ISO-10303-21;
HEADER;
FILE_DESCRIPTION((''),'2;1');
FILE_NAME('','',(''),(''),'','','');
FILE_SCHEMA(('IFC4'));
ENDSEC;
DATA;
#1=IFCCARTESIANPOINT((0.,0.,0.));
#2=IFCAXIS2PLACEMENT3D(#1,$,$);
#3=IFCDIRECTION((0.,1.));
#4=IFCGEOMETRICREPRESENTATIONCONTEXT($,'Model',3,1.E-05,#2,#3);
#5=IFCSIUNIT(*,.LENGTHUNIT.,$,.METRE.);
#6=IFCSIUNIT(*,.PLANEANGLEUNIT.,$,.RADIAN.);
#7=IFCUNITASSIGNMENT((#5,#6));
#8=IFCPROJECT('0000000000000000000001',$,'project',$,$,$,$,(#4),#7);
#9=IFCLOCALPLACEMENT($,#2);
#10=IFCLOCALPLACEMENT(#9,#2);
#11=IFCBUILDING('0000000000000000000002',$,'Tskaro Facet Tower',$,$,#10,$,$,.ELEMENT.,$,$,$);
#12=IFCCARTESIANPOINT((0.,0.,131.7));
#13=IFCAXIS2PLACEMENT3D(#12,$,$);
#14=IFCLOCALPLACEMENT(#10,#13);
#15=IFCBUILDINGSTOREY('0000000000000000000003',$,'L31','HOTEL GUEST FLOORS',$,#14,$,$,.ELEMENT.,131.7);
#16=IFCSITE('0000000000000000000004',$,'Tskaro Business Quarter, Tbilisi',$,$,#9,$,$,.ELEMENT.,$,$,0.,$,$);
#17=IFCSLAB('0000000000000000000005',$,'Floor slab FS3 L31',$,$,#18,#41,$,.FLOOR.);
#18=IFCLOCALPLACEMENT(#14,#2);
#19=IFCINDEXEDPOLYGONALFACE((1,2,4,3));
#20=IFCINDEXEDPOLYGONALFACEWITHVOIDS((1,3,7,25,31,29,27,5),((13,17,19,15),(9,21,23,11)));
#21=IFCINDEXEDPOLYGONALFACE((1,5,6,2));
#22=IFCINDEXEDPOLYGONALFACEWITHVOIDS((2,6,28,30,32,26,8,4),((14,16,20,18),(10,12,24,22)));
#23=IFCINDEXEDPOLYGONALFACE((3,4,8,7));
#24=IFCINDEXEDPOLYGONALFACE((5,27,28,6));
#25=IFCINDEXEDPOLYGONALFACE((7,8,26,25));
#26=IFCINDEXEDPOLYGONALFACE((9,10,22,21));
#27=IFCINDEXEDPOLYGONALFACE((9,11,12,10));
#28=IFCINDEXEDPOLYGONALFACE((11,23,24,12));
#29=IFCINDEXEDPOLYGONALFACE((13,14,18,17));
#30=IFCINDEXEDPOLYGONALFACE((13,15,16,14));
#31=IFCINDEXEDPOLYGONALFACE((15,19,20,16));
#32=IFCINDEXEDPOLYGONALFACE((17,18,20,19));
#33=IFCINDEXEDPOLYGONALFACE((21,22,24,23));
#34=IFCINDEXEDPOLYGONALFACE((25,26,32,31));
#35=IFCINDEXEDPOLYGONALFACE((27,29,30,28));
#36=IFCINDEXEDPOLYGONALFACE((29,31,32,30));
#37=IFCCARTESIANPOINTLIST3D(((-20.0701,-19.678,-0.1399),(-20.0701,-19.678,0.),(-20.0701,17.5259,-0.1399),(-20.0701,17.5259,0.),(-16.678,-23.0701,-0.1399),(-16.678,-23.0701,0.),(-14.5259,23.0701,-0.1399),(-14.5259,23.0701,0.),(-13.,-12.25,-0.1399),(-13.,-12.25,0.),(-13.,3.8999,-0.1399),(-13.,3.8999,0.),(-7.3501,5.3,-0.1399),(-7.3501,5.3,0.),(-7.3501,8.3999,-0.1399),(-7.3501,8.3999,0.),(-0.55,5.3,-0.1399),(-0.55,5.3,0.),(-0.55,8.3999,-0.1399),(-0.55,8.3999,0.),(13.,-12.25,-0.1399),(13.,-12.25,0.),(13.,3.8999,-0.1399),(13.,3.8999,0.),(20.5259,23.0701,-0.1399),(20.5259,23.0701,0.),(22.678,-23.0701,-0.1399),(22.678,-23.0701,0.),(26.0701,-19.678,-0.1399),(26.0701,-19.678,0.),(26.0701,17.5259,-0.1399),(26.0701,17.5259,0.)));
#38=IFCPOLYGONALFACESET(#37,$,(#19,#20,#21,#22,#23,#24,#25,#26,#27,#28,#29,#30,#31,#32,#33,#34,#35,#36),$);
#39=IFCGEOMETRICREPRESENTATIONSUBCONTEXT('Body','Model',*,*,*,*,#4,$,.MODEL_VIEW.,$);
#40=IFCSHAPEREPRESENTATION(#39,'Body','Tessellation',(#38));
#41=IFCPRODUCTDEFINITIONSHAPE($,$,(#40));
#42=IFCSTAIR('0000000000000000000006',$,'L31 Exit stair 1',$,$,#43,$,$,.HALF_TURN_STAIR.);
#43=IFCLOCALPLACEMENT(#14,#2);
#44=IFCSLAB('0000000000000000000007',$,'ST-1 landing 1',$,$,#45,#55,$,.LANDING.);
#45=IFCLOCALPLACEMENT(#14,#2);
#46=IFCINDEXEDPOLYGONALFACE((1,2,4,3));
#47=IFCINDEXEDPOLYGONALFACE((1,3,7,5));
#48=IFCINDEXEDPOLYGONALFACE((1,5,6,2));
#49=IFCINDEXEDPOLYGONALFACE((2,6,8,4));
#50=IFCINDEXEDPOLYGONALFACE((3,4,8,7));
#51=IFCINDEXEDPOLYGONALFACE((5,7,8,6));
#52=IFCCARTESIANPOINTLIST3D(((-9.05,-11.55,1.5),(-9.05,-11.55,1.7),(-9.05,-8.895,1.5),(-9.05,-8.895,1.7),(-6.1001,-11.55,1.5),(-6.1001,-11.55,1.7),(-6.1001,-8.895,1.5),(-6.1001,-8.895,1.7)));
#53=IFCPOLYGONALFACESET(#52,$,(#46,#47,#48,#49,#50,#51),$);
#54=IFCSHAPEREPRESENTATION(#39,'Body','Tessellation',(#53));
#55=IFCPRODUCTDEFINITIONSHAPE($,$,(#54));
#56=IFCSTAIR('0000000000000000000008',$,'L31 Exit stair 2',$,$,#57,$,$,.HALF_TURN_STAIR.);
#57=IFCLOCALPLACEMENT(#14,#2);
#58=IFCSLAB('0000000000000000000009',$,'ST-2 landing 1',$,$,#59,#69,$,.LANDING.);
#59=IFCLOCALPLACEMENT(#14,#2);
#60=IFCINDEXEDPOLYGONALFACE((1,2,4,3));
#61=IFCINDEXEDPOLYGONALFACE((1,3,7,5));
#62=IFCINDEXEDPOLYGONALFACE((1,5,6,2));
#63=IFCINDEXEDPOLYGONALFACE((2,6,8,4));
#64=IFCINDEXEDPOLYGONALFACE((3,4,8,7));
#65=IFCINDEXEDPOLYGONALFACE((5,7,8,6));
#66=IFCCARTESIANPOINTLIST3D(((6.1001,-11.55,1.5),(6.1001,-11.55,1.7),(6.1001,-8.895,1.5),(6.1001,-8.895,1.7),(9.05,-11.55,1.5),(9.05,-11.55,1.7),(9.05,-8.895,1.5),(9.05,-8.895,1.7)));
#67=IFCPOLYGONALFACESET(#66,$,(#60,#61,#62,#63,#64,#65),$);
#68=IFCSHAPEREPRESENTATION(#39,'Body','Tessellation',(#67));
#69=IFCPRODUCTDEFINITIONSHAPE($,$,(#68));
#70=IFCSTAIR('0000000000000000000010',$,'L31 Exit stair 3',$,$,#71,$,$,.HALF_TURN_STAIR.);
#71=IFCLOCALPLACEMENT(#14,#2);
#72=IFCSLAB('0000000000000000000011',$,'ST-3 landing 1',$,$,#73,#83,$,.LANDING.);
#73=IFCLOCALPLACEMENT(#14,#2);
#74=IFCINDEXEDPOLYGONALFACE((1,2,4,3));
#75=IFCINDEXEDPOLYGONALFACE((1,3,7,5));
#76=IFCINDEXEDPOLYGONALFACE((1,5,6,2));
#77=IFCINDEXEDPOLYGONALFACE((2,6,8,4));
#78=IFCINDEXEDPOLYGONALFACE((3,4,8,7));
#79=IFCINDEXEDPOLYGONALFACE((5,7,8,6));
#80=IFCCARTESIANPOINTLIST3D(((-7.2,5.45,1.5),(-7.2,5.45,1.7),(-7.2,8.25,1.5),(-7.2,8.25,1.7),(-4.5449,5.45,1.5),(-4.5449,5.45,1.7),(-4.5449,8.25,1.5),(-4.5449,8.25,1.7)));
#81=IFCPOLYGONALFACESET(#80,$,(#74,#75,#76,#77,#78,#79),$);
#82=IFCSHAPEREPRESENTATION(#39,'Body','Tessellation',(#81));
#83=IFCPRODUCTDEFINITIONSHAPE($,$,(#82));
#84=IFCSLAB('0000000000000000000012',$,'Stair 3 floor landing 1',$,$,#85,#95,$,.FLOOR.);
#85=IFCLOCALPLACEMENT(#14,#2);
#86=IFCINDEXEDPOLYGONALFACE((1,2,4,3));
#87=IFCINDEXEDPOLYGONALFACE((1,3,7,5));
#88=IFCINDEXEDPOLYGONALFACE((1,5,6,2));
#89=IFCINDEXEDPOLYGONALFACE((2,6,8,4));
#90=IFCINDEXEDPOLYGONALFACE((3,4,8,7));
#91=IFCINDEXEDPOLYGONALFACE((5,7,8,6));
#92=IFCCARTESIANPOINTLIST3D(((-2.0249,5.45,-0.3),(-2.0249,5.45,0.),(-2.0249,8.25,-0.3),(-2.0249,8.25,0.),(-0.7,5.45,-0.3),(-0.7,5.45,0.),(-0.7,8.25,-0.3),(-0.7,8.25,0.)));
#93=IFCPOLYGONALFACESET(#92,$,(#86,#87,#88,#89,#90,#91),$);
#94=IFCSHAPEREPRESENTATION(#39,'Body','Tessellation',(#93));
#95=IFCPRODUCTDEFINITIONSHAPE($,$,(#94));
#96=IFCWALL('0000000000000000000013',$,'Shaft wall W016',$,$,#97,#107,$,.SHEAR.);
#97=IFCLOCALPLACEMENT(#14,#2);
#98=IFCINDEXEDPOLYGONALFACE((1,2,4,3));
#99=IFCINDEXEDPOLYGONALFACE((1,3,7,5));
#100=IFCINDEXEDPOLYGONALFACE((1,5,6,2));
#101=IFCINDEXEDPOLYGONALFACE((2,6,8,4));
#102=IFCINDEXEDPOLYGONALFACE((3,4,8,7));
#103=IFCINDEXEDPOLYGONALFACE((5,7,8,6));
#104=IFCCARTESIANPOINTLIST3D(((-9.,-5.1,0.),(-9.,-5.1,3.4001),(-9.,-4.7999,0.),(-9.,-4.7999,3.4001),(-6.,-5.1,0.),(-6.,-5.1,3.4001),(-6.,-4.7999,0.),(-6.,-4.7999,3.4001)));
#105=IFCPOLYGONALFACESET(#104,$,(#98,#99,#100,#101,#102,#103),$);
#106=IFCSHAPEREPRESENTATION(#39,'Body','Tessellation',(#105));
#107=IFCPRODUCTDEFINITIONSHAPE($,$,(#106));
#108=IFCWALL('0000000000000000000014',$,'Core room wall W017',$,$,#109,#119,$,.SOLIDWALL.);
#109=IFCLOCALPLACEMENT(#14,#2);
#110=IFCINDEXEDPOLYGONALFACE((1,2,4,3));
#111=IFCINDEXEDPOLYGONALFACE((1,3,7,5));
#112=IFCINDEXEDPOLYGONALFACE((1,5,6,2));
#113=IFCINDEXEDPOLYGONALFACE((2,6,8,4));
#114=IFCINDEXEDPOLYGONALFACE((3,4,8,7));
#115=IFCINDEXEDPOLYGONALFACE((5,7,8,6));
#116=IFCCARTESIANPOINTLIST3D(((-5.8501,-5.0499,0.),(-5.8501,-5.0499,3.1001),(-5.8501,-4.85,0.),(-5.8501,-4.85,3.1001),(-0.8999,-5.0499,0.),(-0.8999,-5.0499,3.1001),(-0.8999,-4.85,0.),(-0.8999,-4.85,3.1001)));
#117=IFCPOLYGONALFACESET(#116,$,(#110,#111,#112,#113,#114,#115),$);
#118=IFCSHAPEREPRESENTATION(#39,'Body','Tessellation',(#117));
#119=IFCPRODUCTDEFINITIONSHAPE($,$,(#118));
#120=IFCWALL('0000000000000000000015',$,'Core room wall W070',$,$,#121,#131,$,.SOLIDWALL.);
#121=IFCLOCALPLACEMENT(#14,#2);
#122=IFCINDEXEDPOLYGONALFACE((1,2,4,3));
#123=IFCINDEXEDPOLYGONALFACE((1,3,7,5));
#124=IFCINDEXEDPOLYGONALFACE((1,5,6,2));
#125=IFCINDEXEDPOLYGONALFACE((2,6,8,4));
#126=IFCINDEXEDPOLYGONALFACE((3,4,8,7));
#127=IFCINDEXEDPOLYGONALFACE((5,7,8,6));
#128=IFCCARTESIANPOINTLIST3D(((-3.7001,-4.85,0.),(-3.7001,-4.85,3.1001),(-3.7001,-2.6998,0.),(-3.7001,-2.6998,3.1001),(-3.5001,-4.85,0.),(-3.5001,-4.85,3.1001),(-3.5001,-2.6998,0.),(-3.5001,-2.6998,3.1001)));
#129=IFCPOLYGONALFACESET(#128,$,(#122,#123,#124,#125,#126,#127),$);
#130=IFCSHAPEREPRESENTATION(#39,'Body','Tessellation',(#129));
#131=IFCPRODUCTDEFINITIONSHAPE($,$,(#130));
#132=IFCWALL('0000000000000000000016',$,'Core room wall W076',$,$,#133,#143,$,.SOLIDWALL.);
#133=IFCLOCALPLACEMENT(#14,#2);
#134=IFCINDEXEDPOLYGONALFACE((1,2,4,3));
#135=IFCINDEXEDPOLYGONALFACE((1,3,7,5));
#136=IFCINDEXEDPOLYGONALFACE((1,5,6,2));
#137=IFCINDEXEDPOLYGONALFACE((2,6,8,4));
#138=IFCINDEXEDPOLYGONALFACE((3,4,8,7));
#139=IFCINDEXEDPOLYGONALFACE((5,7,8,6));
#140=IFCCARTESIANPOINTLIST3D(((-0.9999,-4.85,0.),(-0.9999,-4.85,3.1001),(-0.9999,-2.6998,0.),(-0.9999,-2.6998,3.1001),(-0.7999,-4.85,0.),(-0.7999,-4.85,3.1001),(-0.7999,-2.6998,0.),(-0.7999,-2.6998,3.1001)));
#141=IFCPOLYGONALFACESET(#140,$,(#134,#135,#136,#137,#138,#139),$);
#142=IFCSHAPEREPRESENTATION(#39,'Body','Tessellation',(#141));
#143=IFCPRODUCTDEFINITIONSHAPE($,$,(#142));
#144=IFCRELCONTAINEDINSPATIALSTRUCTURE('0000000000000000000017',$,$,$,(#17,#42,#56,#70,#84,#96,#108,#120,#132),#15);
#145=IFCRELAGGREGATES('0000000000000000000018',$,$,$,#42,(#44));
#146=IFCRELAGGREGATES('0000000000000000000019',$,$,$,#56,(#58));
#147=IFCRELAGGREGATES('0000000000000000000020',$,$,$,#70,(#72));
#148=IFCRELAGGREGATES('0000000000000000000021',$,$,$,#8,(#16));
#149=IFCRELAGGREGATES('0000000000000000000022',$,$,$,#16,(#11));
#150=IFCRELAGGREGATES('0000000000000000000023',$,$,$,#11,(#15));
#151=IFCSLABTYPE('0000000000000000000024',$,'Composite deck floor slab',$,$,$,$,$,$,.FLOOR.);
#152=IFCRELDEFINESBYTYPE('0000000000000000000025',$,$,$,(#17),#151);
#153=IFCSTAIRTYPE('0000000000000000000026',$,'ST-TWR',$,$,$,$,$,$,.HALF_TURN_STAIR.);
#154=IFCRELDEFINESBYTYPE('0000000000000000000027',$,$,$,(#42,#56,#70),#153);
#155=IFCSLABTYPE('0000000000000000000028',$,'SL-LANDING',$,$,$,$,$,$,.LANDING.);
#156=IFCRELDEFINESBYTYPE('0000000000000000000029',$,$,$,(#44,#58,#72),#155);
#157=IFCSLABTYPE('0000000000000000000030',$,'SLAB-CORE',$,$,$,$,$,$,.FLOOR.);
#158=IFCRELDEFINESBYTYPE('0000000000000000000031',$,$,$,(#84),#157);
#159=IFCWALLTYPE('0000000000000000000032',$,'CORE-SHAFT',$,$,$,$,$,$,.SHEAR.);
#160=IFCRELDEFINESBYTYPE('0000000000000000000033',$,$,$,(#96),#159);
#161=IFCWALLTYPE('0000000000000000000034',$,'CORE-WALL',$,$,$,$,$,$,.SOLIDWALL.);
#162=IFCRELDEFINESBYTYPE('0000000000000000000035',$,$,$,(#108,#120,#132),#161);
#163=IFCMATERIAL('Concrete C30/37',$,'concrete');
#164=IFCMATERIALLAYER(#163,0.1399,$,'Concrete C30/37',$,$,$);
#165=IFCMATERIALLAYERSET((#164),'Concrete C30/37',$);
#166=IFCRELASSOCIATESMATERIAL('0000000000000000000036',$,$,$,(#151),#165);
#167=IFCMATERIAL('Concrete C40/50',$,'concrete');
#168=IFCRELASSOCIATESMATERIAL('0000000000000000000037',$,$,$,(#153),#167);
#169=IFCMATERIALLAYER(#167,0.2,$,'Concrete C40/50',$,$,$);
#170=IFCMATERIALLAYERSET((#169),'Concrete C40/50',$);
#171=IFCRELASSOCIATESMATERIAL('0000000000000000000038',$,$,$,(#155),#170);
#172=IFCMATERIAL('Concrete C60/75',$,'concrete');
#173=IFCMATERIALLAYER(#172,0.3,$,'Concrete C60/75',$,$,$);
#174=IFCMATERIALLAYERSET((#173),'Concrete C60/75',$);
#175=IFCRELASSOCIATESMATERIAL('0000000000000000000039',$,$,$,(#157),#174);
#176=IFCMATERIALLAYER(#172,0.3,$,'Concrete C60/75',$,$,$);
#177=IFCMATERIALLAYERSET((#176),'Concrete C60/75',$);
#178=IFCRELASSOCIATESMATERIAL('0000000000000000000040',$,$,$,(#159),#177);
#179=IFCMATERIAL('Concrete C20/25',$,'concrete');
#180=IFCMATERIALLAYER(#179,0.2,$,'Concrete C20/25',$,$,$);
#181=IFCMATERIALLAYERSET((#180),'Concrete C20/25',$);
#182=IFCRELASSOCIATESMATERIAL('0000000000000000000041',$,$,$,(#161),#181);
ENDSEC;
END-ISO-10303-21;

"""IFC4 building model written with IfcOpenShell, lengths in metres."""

from ifc_helpers import new_model, si_unit, direction, frame, frame_2d, origin, place, context, subcontext, project, spatial, polyline, rectangle, outline, extrude, material, layer, layer_set, type_object, element, aggregate, save


model = new_model("IFC4")

# Units and contexts
model_context = context("Model", 3, precision=1e-05, world=origin(), true_north=direction((0.0, 1.0)))
body_context = subcontext(model_context, "Body", "Model", "MODEL_VIEW")
ifc_project = project(units=[si_unit("LENGTHUNIT", "METRE"), si_unit("PLANEANGLEUNIT", "RADIAN")], contexts=[model_context])

# Site, building, storey
site_placement = place(None, origin())
site = spatial("IfcSite", under=ifc_project, at=site_placement, Name="Tskaro Business Quarter, Tbilisi", CompositionType="ELEMENT", RefElevation=0.0)
building_placement = place(site_placement, origin())
building = spatial("IfcBuilding", under=site, at=building_placement, Name="Tskaro Facet Tower", CompositionType="ELEMENT")
storey_placement = place(building_placement, frame((0.0, 0.0, 131.7)))
storey = spatial("IfcBuildingStorey", under=building, at=storey_placement, Name="L31", Description="HOTEL GUEST FLOORS", CompositionType="ELEMENT", Elevation=131.7)

# Slab
ifc_material_1 = material(Name="Concrete C30/37", Category="concrete")
ifc_layer_1 = layer(ifc_material_1, 0.1399, Name="Concrete C30/37")
ifc_layer_set_1 = layer_set([ifc_layer_1], Name="Concrete C30/37")
slab_type_1 = type_object("IfcSlabType", Name="Composite deck floor slab", PredefinedType="FLOOR", material=ifc_layer_set_1)
slab_1_placement = place(storey_placement, frame((0.0, 0.0, -0.1399)))
element("IfcSlab", 1, at=slab_1_placement, inside=storey, type_object=slab_type_1, Name="Floor slab FS3 L31", PredefinedType="FLOOR", context=body_context, shape_type="SweptSolid", body=[
    extrude(outline(polyline([(-16.678, -23.0701), (22.678, -23.0701), (26.0701, -19.678), (26.0701, 17.5259), (20.5259, 23.0701), (-14.5259, 23.0701), (-20.0701, 17.5259), (-20.0701, -19.678), (-16.678, -23.0701)]), holes=[polyline([(-13.0, -12.25), (13.0, -12.25), (13.0, 3.8999), (-13.0, 3.8999), (-13.0, -12.25)]), polyline([(-7.3501, 5.3), (-0.55, 5.3), (-0.55, 8.3999), (-7.3501, 8.3999), (-7.3501, 5.3)])]), origin(), (0.0, 0.0, 1.0), 0.1399),
])

# Stairs, slabs
ifc_material_2 = material(Name="Concrete C40/50", Category="concrete")
stair_type = type_object("IfcStairType", Name="ST-TWR", PredefinedType="HALF_TURN_STAIR", material=ifc_material_2)
stair_1_placement = place(storey_placement, origin())
stair_1 = element("IfcStair", 2, at=stair_1_placement, inside=storey, type_object=stair_type, Name="L31 Exit stair 1", PredefinedType="HALF_TURN_STAIR")
ifc_layer_2 = layer(ifc_material_2, 0.2, Name="Concrete C40/50")
ifc_layer_set_2 = layer_set([ifc_layer_2], Name="Concrete C40/50")
slab_type_2 = type_object("IfcSlabType", Name="SL-LANDING", PredefinedType="LANDING", material=ifc_layer_set_2)
slab_2_placement = place(storey_placement, frame((0.0, 0.0, 1.5)))
slab_2 = element("IfcSlab", 3, at=slab_2_placement, type_object=slab_type_2, Name="ST-1 landing 1", PredefinedType="LANDING", context=body_context, shape_type="SweptSolid", body=[
    extrude(outline(polyline([(-9.05, -11.55), (-6.1001, -11.55), (-6.1001, -8.895), (-9.05, -8.895), (-9.05, -11.55)])), origin(), (0.0, 0.0, 1.0), 0.2),
])
aggregate(stair_1, [slab_2])
stair_2_placement = place(storey_placement, origin())
stair_2 = element("IfcStair", 4, at=stair_2_placement, inside=storey, type_object=stair_type, Name="L31 Exit stair 2", PredefinedType="HALF_TURN_STAIR")
slab_3_placement = place(storey_placement, frame((0.0, 0.0, 1.5)))
slab_3 = element("IfcSlab", 5, at=slab_3_placement, type_object=slab_type_2, Name="ST-2 landing 1", PredefinedType="LANDING", context=body_context, shape_type="SweptSolid", body=[
    extrude(outline(polyline([(6.1001, -11.55), (9.05, -11.55), (9.05, -8.895), (6.1001, -8.895), (6.1001, -11.55)])), origin(), (0.0, 0.0, 1.0), 0.2),
])
aggregate(stair_2, [slab_3])
stair_3_placement = place(storey_placement, origin())
stair_3 = element("IfcStair", 6, at=stair_3_placement, inside=storey, type_object=stair_type, Name="L31 Exit stair 3", PredefinedType="HALF_TURN_STAIR")
slab_4_placement = place(storey_placement, frame((0.0, 0.0, 1.5)))
slab_4 = element("IfcSlab", 7, at=slab_4_placement, type_object=slab_type_2, Name="ST-3 landing 1", PredefinedType="LANDING", context=body_context, shape_type="SweptSolid", body=[
    extrude(outline(polyline([(-7.2, 5.45), (-4.5449, 5.45), (-4.5449, 8.25), (-7.2, 8.25), (-7.2, 5.45)])), origin(), (0.0, 0.0, 1.0), 0.2),
])
aggregate(stair_3, [slab_4])

# Slab
ifc_material_3 = material(Name="Concrete C60/75", Category="concrete")
ifc_layer_3 = layer(ifc_material_3, 0.3, Name="Concrete C60/75")
ifc_layer_set_3 = layer_set([ifc_layer_3], Name="Concrete C60/75")
slab_type_3 = type_object("IfcSlabType", Name="SLAB-CORE", PredefinedType="FLOOR", material=ifc_layer_set_3)
slab_5_placement = place(storey_placement, frame((0.0, 0.0, -0.3)))
element("IfcSlab", 8, at=slab_5_placement, inside=storey, type_object=slab_type_3, Name="Stair 3 floor landing 1", PredefinedType="FLOOR", context=body_context, shape_type="SweptSolid", body=[
    extrude(outline(polyline([(-2.0249, 5.45), (-0.7, 5.45), (-0.7, 8.25), (-2.0249, 8.25), (-2.0249, 5.45)])), origin(), (0.0, 0.0, 1.0), 0.3),
])

# Walls
ifc_layer_4 = layer(ifc_material_3, 0.3, Name="Concrete C60/75")
ifc_layer_set_4 = layer_set([ifc_layer_4], Name="Concrete C60/75")
wall_type_1 = type_object("IfcWallType", Name="CORE-SHAFT", PredefinedType="SHEAR", material=ifc_layer_set_4)
wall_1_placement = place(storey_placement, frame((-9.0, -4.95, 0.0), z_axis=(0.0, 0.0, 1.0), x_axis=(1.0, 0.0, 0.0)))
element("IfcWall", 9, at=wall_1_placement, inside=storey, type_object=wall_type_1, Name="Shaft wall W016", PredefinedType="SHEAR", context=body_context, shape_type="SweptSolid", body=[
    extrude(rectangle(XDim=3.0, YDim=0.3, at=frame_2d((1.5, 0.0))), origin(), (0.0, 0.0, 1.0), 3.4001),
])
ifc_material_4 = material(Name="Concrete C20/25", Category="concrete")
ifc_layer_5 = layer(ifc_material_4, 0.2, Name="Concrete C20/25")
ifc_layer_set_5 = layer_set([ifc_layer_5], Name="Concrete C20/25")
wall_type_2 = type_object("IfcWallType", Name="CORE-WALL", PredefinedType="SOLIDWALL", material=ifc_layer_set_5)
wall_2_placement = place(storey_placement, frame((-5.8501, -4.95, 0.0), z_axis=(0.0, 0.0, 1.0), x_axis=(1.0, 0.0, 0.0)))
element("IfcWall", 10, at=wall_2_placement, inside=storey, type_object=wall_type_2, Name="Core room wall W017", PredefinedType="SOLIDWALL", context=body_context, shape_type="SweptSolid", body=[
    extrude(rectangle(XDim=4.9502, YDim=0.2, at=frame_2d((2.4751, 0.0))), origin(), (0.0, 0.0, 1.0), 3.1001),
])
for number, where, z_axis, x_axis, name in (
    (11, (-3.6001, -4.8501, 0.0), (0.0, 0.0, 1.0), (0.0, 1.0, 0.0), "Core room wall W070"),
    (12, (-0.8999, -4.8501, 0.0), (0.0, 0.0, 1.0), (0.0, 1.0, 0.0), "Core room wall W076"),
):
    element("IfcWall", number, at=place(storey_placement, frame(where, z_axis=z_axis, x_axis=x_axis)), inside=storey, type_object=wall_type_2, Name=name, PredefinedType="SOLIDWALL", context=body_context, shape_type="SweptSolid", body=[
        extrude(rectangle(XDim=2.1501, YDim=0.2, at=frame_2d((1.0752, 0.0))), origin(), (0.0, 0.0, 1.0), 3.1001),
    ])

save(model, "model.ifc")
